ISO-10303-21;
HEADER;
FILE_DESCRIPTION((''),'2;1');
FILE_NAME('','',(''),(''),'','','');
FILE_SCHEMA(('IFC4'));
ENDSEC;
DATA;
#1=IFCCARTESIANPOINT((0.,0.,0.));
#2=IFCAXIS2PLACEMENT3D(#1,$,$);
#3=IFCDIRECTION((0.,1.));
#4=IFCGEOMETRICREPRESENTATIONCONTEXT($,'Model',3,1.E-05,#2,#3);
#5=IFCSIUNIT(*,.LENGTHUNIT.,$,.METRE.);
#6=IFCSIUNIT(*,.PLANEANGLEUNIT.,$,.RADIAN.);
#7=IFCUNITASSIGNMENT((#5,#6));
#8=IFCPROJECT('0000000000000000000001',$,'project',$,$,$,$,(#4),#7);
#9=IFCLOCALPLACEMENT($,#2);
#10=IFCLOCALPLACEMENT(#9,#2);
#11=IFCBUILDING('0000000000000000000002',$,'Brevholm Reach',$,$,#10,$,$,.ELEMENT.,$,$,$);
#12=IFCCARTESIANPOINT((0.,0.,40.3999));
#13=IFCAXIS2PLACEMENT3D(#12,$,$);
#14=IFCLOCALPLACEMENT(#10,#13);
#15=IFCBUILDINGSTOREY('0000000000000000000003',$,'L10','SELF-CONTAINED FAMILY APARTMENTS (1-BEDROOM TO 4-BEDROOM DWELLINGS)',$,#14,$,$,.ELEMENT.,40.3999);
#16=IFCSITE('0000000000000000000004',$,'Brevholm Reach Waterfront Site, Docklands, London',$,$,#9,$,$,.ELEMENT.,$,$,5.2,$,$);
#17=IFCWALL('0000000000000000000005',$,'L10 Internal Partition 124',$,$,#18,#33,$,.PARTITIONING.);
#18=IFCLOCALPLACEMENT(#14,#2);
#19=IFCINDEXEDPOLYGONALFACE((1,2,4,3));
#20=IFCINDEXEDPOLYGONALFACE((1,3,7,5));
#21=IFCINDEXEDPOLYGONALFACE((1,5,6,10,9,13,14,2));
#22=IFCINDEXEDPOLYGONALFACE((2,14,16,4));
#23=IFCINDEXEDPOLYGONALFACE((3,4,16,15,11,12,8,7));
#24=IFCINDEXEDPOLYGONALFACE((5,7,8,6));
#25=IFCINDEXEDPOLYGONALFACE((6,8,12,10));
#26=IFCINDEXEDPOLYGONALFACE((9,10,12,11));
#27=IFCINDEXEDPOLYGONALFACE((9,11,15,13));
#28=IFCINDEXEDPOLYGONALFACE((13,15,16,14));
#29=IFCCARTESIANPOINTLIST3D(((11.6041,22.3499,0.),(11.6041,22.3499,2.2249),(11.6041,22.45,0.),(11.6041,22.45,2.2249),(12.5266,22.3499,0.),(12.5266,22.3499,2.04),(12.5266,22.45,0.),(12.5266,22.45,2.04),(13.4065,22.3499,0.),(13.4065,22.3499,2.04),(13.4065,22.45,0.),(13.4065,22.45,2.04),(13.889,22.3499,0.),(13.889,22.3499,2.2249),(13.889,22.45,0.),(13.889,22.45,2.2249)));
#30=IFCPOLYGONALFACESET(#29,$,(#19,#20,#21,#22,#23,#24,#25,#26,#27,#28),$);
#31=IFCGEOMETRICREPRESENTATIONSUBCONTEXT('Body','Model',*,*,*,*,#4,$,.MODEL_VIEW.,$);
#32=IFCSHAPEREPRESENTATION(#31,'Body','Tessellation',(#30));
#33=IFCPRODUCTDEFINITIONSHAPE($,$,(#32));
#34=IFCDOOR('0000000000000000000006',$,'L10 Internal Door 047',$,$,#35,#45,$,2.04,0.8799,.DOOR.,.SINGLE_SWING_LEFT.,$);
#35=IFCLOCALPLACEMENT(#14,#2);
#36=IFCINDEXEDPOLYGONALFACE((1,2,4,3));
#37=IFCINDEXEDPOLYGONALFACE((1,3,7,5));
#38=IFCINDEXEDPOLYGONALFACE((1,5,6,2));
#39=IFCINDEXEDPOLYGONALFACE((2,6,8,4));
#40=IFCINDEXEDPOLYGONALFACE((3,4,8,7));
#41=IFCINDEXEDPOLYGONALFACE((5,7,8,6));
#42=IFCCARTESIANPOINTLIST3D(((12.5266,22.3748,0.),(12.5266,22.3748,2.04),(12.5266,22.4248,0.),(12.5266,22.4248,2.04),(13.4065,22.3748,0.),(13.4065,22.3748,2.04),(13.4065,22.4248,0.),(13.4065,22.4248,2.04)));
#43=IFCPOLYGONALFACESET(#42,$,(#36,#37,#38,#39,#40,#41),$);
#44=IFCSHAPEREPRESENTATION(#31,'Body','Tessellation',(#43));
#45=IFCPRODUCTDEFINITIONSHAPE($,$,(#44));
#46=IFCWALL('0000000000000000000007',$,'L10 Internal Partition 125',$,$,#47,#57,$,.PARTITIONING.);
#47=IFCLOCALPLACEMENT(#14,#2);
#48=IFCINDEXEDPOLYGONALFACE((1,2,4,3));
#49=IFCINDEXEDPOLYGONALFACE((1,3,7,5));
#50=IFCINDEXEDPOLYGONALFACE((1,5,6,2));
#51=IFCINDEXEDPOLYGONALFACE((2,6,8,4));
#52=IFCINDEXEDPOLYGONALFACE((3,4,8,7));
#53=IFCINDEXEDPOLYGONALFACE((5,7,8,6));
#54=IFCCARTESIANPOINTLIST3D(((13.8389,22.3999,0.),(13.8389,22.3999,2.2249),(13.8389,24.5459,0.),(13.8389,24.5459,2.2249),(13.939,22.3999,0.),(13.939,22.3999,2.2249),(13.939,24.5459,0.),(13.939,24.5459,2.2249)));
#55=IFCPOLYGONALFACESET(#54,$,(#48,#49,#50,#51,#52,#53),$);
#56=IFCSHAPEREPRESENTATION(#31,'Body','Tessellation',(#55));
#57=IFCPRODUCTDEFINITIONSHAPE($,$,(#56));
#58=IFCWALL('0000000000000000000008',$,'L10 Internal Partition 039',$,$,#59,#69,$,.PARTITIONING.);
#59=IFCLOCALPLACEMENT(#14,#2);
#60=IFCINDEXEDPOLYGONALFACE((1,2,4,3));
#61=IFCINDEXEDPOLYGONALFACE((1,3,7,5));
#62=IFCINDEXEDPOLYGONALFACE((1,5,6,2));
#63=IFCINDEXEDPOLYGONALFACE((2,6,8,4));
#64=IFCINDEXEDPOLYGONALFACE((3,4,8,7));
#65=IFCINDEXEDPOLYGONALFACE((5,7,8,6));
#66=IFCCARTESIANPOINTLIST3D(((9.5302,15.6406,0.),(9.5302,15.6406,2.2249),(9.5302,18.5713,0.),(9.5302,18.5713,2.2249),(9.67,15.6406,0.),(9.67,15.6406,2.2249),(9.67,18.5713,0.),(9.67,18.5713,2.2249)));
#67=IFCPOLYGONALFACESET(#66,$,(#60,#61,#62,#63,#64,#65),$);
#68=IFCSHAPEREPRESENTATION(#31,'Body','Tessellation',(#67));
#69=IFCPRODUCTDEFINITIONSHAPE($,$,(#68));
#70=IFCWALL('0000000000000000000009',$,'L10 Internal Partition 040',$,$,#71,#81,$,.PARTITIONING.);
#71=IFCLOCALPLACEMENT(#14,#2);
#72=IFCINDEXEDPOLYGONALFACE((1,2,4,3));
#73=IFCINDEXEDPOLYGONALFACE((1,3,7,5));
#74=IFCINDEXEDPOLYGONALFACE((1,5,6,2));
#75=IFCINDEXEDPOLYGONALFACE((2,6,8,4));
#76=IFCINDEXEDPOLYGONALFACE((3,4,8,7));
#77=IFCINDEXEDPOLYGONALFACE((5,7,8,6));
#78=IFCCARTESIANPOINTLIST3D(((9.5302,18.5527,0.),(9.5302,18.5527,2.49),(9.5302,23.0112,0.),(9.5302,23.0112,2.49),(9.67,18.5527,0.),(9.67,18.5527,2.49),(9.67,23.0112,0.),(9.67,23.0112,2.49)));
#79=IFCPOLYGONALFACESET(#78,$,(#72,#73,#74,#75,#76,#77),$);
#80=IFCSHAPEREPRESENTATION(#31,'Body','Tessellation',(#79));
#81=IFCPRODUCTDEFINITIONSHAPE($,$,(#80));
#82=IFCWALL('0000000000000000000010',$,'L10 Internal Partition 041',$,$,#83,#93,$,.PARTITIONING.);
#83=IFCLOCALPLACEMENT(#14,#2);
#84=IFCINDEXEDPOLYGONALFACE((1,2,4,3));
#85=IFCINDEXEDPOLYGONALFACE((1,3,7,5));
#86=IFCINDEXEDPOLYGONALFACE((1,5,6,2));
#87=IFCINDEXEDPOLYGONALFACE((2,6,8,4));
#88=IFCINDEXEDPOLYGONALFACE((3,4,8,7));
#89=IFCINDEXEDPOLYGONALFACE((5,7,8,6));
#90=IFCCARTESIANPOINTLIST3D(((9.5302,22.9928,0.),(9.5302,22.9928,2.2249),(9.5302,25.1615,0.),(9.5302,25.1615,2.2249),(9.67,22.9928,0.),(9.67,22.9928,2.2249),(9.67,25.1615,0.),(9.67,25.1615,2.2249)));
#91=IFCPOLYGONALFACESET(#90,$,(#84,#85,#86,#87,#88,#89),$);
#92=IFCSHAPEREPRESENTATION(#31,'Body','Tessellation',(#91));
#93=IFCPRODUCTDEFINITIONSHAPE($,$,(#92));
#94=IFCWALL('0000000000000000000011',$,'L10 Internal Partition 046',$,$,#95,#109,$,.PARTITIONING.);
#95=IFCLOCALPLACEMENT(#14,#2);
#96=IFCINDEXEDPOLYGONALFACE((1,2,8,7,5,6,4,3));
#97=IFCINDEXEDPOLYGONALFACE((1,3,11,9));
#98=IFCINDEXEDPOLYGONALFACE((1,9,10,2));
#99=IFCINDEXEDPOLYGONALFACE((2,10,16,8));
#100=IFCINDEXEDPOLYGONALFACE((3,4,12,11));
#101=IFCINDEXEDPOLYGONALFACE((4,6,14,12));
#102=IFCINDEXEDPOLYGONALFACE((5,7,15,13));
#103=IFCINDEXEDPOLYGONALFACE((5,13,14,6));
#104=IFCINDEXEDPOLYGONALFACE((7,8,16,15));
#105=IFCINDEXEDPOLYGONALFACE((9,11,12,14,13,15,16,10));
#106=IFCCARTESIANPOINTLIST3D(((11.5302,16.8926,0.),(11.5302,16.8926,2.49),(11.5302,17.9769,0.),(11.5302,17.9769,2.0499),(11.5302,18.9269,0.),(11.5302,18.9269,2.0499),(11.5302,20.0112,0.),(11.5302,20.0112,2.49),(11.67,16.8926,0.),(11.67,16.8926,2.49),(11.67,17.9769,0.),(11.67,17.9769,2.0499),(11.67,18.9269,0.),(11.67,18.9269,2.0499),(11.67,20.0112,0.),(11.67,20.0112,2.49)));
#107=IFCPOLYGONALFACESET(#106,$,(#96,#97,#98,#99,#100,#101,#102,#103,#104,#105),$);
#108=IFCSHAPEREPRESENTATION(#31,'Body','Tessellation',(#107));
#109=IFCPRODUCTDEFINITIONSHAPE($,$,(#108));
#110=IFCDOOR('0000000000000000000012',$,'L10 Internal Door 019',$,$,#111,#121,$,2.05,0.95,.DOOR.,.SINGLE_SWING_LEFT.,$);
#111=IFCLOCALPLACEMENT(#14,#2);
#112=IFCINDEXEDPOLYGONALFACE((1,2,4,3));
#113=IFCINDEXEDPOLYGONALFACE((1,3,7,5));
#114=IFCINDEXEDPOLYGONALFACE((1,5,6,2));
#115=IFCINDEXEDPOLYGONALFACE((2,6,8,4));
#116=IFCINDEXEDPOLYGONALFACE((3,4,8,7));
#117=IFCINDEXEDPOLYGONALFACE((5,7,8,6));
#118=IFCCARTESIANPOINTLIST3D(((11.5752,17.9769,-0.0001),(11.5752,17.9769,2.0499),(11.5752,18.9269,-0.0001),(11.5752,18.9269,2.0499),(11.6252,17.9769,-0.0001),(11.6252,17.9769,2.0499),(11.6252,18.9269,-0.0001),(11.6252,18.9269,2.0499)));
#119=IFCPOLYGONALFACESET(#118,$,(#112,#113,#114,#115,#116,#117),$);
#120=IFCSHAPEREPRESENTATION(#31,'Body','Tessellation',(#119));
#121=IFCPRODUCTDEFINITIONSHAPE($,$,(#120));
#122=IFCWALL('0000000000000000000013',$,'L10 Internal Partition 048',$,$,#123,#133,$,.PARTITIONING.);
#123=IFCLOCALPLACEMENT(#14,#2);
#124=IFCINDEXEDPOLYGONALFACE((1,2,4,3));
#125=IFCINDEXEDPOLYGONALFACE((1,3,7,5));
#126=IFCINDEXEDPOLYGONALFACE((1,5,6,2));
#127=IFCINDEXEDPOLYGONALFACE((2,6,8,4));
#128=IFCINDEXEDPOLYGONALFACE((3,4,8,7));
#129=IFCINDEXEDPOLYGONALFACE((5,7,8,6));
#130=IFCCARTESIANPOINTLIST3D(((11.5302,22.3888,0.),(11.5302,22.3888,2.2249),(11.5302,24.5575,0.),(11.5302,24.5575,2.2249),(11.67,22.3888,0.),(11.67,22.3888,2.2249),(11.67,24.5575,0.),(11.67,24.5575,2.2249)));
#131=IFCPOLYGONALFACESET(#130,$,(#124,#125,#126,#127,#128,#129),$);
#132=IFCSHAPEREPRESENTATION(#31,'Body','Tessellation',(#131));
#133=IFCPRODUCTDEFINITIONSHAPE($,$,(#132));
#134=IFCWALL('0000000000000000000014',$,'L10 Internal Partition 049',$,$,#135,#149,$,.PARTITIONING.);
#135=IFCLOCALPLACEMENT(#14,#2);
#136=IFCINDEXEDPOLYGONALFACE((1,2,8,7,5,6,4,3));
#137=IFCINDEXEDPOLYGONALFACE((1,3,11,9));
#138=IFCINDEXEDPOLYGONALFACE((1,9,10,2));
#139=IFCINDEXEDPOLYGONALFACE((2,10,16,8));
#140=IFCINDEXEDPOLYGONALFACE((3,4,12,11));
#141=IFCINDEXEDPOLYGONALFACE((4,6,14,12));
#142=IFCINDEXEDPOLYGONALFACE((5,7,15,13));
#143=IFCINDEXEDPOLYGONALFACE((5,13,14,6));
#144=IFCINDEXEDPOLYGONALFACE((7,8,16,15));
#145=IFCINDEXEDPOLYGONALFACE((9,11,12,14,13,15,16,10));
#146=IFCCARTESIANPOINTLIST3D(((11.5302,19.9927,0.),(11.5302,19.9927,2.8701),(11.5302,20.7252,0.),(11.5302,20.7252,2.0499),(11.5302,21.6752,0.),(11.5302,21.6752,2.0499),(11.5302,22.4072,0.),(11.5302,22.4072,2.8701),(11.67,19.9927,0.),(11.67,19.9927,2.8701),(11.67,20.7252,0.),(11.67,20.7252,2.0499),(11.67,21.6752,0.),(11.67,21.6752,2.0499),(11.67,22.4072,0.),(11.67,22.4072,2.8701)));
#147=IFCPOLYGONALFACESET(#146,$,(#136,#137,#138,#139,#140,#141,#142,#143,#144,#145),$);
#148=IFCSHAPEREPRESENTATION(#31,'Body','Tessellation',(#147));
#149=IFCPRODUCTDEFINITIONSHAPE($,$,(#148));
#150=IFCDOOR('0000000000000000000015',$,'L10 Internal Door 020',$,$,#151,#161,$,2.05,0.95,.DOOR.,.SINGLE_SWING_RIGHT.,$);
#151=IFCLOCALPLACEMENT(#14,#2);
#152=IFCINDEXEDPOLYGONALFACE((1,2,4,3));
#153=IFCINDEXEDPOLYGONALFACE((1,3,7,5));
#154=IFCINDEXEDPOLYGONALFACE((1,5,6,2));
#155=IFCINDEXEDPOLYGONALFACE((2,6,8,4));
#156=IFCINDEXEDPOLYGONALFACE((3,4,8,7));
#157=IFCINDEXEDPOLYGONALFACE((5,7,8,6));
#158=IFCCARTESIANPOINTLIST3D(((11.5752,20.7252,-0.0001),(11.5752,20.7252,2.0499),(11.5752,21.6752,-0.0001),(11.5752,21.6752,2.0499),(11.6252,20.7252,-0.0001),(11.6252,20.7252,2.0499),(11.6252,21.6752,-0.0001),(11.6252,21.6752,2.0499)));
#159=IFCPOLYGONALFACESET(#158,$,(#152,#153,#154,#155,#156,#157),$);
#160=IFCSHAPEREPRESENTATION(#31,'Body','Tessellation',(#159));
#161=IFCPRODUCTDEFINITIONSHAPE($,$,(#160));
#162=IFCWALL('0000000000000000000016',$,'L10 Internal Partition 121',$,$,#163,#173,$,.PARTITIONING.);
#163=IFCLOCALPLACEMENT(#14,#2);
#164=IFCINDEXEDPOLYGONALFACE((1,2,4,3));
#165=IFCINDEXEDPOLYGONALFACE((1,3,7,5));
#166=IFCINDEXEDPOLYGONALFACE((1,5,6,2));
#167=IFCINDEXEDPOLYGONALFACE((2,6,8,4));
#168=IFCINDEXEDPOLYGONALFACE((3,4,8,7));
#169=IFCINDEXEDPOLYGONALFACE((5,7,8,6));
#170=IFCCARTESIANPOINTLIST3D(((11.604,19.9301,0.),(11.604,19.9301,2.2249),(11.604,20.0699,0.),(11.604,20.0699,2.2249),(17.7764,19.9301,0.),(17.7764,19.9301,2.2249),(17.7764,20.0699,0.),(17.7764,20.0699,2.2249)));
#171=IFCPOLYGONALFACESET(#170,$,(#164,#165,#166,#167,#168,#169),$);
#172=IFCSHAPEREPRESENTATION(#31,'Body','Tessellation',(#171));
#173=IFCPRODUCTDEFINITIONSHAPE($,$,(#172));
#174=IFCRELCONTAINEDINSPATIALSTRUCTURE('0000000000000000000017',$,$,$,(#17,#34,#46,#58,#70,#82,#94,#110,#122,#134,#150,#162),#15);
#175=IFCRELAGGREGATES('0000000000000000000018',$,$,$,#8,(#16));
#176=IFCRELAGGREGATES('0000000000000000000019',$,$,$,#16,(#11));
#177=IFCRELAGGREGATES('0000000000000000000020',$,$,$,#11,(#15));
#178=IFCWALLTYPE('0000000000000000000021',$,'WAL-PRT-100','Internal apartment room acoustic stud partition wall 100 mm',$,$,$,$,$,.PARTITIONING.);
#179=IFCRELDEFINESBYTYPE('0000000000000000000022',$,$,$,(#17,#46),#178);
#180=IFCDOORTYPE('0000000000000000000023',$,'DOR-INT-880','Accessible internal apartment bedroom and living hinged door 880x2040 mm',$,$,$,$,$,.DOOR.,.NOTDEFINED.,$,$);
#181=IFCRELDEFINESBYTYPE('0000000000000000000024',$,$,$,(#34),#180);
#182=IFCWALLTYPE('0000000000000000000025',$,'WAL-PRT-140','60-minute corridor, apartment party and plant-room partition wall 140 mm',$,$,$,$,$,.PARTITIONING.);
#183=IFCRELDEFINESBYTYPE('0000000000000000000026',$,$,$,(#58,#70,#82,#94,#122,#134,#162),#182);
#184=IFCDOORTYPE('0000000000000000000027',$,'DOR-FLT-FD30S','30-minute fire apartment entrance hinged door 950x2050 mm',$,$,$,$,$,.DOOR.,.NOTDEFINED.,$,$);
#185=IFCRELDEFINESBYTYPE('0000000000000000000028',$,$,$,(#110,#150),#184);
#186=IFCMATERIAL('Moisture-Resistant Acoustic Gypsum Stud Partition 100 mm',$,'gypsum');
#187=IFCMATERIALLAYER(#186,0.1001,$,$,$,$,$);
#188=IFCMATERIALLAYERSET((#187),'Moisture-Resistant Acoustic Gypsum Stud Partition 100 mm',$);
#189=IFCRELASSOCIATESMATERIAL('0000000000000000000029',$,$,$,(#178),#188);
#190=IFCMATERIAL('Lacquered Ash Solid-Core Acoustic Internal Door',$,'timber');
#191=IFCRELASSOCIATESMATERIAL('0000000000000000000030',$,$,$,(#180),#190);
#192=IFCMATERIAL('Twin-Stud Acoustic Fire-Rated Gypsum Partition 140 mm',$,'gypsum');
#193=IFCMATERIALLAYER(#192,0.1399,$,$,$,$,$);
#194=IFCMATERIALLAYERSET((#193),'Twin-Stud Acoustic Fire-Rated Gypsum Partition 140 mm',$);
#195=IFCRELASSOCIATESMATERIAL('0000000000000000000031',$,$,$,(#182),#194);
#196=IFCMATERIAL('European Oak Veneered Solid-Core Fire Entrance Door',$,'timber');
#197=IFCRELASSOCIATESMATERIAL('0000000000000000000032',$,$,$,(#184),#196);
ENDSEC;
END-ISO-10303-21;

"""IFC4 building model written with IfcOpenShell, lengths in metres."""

from ifc_helpers import new_model, si_unit, direction, frame, frame_2d, origin, place, context, subcontext, project, spatial, rectangle, extrude, material, layer, layer_set, type_object, element, fill, save


model = new_model("IFC4")

# Units and contexts
model_context = context("Model", 3, precision=1e-05, world=origin(), true_north=direction((0.0, 1.0)))
body_context = subcontext(model_context, "Body", "Model", "MODEL_VIEW")
ifc_project = project(units=[si_unit("LENGTHUNIT", "METRE"), si_unit("PLANEANGLEUNIT", "RADIAN")], contexts=[model_context])

# Site, building, storey
site_placement = place(None, origin())
site = spatial("IfcSite", under=ifc_project, at=site_placement, Name="Brevholm Reach Waterfront Site, Docklands, London", CompositionType="ELEMENT", RefElevation=5.2)
building_placement = place(site_placement, origin())
building = spatial("IfcBuilding", under=site, at=building_placement, Name="Brevholm Reach", CompositionType="ELEMENT")
storey_placement = place(building_placement, frame((0.0, 0.0, 40.3999)))
storey = spatial("IfcBuildingStorey", under=building, at=storey_placement, Name="L10", Description="SELF-CONTAINED FAMILY APARTMENTS (1-BEDROOM TO 4-BEDROOM DWELLINGS)", CompositionType="ELEMENT", Elevation=40.3999)

# Wall, opening, door
ifc_material_1 = material(Name="Moisture-Resistant Acoustic Gypsum Stud Partition 100 mm", Category="gypsum")
ifc_layer_1 = layer(ifc_material_1, 0.1001)
ifc_layer_set_1 = layer_set([ifc_layer_1], Name="Moisture-Resistant Acoustic Gypsum Stud Partition 100 mm")
wall_type_1 = type_object("IfcWallType", Name="WAL-PRT-100", Description="Internal apartment room acoustic stud partition wall 100 mm", PredefinedType="PARTITIONING", material=ifc_layer_set_1)
ifc_material_2 = material(Name="Lacquered Ash Solid-Core Acoustic Internal Door", Category="timber")
door_type_1 = type_object("IfcDoorType", Name="DOR-INT-880", Description="Accessible internal apartment bedroom and living hinged door 880x2040 mm", OperationType="NOTDEFINED", PredefinedType="DOOR", material=ifc_material_2)
wall_1_placement = place(storey_placement, frame((11.604, 22.3999, 0.0), z_axis=(0.0, 0.0, 1.0), x_axis=(1.0, 0.0, 0.0)))
wall_1 = element("IfcWall", 1, at=wall_1_placement, inside=storey, type_object=wall_type_1, Name="L10 Internal Partition 124", PredefinedType="PARTITIONING", context=body_context, shape_type="SweptSolid", body=[
    extrude(rectangle(XDim=2.2849, YDim=0.1001, at=frame_2d((1.1426, 0.0))), origin(), (0.0, 0.0, 1.0), 2.2249),
])
opening_1_placement = place(wall_1_placement, frame((0.9226, 0.0, 0.0)))
opening_1 = element("IfcOpeningElement", 2, at=opening_1_placement, cuts=wall_1, PredefinedType="OPENING", context=body_context, shape_type="SweptSolid", body=[
    extrude(rectangle(XDim=0.8799, YDim=2.04, at=frame_2d((0.4399, 1.02))), frame((0.0, 0.0601, 0.0), z_axis=(0.0, -1.0, 0.0), x_axis=(1.0, 0.0, 0.0)), (0.0, 0.0, 1.0), 0.1201),
])
door_1_placement = place(opening_1_placement, origin())
door_1 = element("IfcDoor", 3, at=door_1_placement, inside=storey, type_object=door_type_1, Name="L10 Internal Door 047", OperationType="SINGLE_SWING_LEFT", OverallHeight=2.04, OverallWidth=0.8799, PredefinedType="DOOR", context=body_context, shape_type="SweptSolid", body=[
    extrude(rectangle(XDim=0.8799, YDim=2.04, at=frame_2d((0.4399, 1.02))), frame((0.0, 0.0249, 0.0), z_axis=(0.0, -1.0, 0.0), x_axis=(1.0, 0.0, 0.0)), (0.0, 0.0, 1.0), 0.05),
])
fill(opening_1, door_1)

# Walls
wall_2_placement = place(storey_placement, frame((13.8889, 22.3999, 0.0), z_axis=(0.0, 0.0, 1.0), x_axis=(0.0, 1.0, 0.0)))
element("IfcWall", 4, at=wall_2_placement, inside=storey, type_object=wall_type_1, Name="L10 Internal Partition 125", PredefinedType="PARTITIONING", context=body_context, shape_type="SweptSolid", body=[
    extrude(rectangle(XDim=2.146, YDim=0.1001, at=frame_2d((1.073, 0.0))), origin(), (0.0, 0.0, 1.0), 2.2249),
])
ifc_material_3 = material(Name="Twin-Stud Acoustic Fire-Rated Gypsum Partition 140 mm", Category="gypsum")
ifc_layer_2 = layer(ifc_material_3, 0.1399)
ifc_layer_set_2 = layer_set([ifc_layer_2], Name="Twin-Stud Acoustic Fire-Rated Gypsum Partition 140 mm")
wall_type_2 = type_object("IfcWallType", Name="WAL-PRT-140", Description="60-minute corridor, apartment party and plant-room partition wall 140 mm", PredefinedType="PARTITIONING", material=ifc_layer_set_2)
wall_3_placement = place(storey_placement, frame((9.6001, 15.6406, 0.0), z_axis=(0.0, 0.0, 1.0), x_axis=(0.0, 1.0, 0.0)))
element("IfcWall", 5, at=wall_3_placement, inside=storey, type_object=wall_type_2, Name="L10 Internal Partition 039", PredefinedType="PARTITIONING", context=body_context, shape_type="SweptSolid", body=[
    extrude(rectangle(XDim=2.9307, YDim=0.1399, at=frame_2d((1.4653, 0.0))), origin(), (0.0, 0.0, 1.0), 2.2249),
])
wall_4_placement = place(storey_placement, frame((9.6001, 18.5527, 0.0), z_axis=(0.0, 0.0, 1.0), x_axis=(0.0, 1.0, 0.0)))
element("IfcWall", 6, at=wall_4_placement, inside=storey, type_object=wall_type_2, Name="L10 Internal Partition 040", PredefinedType="PARTITIONING", context=body_context, shape_type="SweptSolid", body=[
    extrude(rectangle(XDim=4.4585, YDim=0.1399, at=frame_2d((2.2292, 0.0))), origin(), (0.0, 0.0, 1.0), 2.49),
])
wall_5_placement = place(storey_placement, frame((9.6001, 22.9927, 0.0), z_axis=(0.0, 0.0, 1.0), x_axis=(0.0, 1.0, 0.0)))
element("IfcWall", 7, at=wall_5_placement, inside=storey, type_object=wall_type_2, Name="L10 Internal Partition 041", PredefinedType="PARTITIONING", context=body_context, shape_type="SweptSolid", body=[
    extrude(rectangle(XDim=2.1687, YDim=0.1399, at=frame_2d((1.0845, 0.0))), origin(), (0.0, 0.0, 1.0), 2.2249),
])

# Wall, opening, door
wall_6_placement = place(storey_placement, frame((11.6001, 16.8926, 0.0), z_axis=(0.0, 0.0, 1.0), x_axis=(0.0, 1.0, 0.0)))
wall_6 = element("IfcWall", 8, at=wall_6_placement, inside=storey, type_object=wall_type_2, Name="L10 Internal Partition 046", PredefinedType="PARTITIONING", context=body_context, shape_type="SweptSolid", body=[
    extrude(rectangle(XDim=3.1187, YDim=0.1399, at=frame_2d((1.5593, 0.0))), origin(), (0.0, 0.0, 1.0), 2.49),
])
opening_2_placement = place(wall_6_placement, frame((1.0842, 0.0, 0.0)))
opening_2 = element("IfcOpeningElement", 9, at=opening_2_placement, cuts=wall_6, PredefinedType="OPENING", context=body_context, shape_type="SweptSolid", body=[
    extrude(rectangle(XDim=0.95, YDim=2.05, at=frame_2d((0.4751, 1.0249))), frame((0.0, 0.0798, 0.0), z_axis=(0.0, -1.0, 0.0), x_axis=(1.0, 0.0, 0.0)), (0.0, 0.0, 1.0), 0.1599),
])
ifc_material_4 = material(Name="European Oak Veneered Solid-Core Fire Entrance Door", Category="timber")
door_type_2 = type_object("IfcDoorType", Name="DOR-FLT-FD30S", Description="30-minute fire apartment entrance hinged door 950x2050 mm", OperationType="NOTDEFINED", PredefinedType="DOOR", material=ifc_material_4)
door_2_placement = place(opening_2_placement, origin())
door_2 = element("IfcDoor", 10, at=door_2_placement, inside=storey, type_object=door_type_2, Name="L10 Internal Door 019", OperationType="SINGLE_SWING_LEFT", OverallHeight=2.05, OverallWidth=0.95, PredefinedType="DOOR", context=body_context, shape_type="SweptSolid", body=[
    extrude(rectangle(XDim=0.95, YDim=2.05, at=frame_2d((0.4751, 1.0249))), frame((0.0, 0.0249, 0.0), z_axis=(0.0, -1.0, 0.0), x_axis=(1.0, 0.0, 0.0)), (0.0, 0.0, 1.0), 0.05),
])
fill(opening_2, door_2)

# Wall
wall_7_placement = place(storey_placement, frame((11.6001, 22.3887, 0.0), z_axis=(0.0, 0.0, 1.0), x_axis=(0.0, 1.0, 0.0)))
element("IfcWall", 11, at=wall_7_placement, inside=storey, type_object=wall_type_2, Name="L10 Internal Partition 048", PredefinedType="PARTITIONING", context=body_context, shape_type="SweptSolid", body=[
    extrude(rectangle(XDim=2.1687, YDim=0.1399, at=frame_2d((1.0845, 0.0))), origin(), (0.0, 0.0, 1.0), 2.2249),
])

# Wall, opening, door
wall_8_placement = place(storey_placement, frame((11.6001, 19.9927, 0.0), z_axis=(0.0, 0.0, 1.0), x_axis=(0.0, 1.0, 0.0)))
wall_8 = element("IfcWall", 12, at=wall_8_placement, inside=storey, type_object=wall_type_2, Name="L10 Internal Partition 049", PredefinedType="PARTITIONING", context=body_context, shape_type="SweptSolid", body=[
    extrude(rectangle(XDim=2.4146, YDim=0.1399, at=frame_2d((1.2073, 0.0))), origin(), (0.0, 0.0, 1.0), 2.8701),
])
opening_3_placement = place(wall_8_placement, frame((0.7324, 0.0, 0.0)))
opening_3 = element("IfcOpeningElement", 13, at=opening_3_placement, cuts=wall_8, PredefinedType="OPENING", context=body_context, shape_type="SweptSolid", body=[
    extrude(rectangle(XDim=0.95, YDim=2.05, at=frame_2d((0.4751, 1.0249))), frame((0.0, 0.0798, 0.0), z_axis=(0.0, -1.0, 0.0), x_axis=(1.0, 0.0, 0.0)), (0.0, 0.0, 1.0), 0.1599),
])
door_3_placement = place(opening_3_placement, origin())
door_3 = element("IfcDoor", 14, at=door_3_placement, inside=storey, type_object=door_type_2, Name="L10 Internal Door 020", OperationType="SINGLE_SWING_RIGHT", OverallHeight=2.05, OverallWidth=0.95, PredefinedType="DOOR", context=body_context, shape_type="SweptSolid", body=[
    extrude(rectangle(XDim=0.95, YDim=2.05, at=frame_2d((0.4751, 1.0249))), frame((0.0, 0.0249, 0.0), z_axis=(0.0, -1.0, 0.0), x_axis=(1.0, 0.0, 0.0)), (0.0, 0.0, 1.0), 0.05),
])
fill(opening_3, door_3)

# Wall
wall_9_placement = place(storey_placement, frame((11.604, 20.0, 0.0), z_axis=(0.0, 0.0, 1.0), x_axis=(1.0, 0.0, 0.0)))
element("IfcWall", 15, at=wall_9_placement, inside=storey, type_object=wall_type_2, Name="L10 Internal Partition 121", PredefinedType="PARTITIONING", context=body_context, shape_type="SweptSolid", body=[
    extrude(rectangle(XDim=6.1724, YDim=0.1399, at=frame_2d((3.0862, 0.0))), origin(), (0.0, 0.0, 1.0), 2.2249),
])

save(model, "model.ifc")
